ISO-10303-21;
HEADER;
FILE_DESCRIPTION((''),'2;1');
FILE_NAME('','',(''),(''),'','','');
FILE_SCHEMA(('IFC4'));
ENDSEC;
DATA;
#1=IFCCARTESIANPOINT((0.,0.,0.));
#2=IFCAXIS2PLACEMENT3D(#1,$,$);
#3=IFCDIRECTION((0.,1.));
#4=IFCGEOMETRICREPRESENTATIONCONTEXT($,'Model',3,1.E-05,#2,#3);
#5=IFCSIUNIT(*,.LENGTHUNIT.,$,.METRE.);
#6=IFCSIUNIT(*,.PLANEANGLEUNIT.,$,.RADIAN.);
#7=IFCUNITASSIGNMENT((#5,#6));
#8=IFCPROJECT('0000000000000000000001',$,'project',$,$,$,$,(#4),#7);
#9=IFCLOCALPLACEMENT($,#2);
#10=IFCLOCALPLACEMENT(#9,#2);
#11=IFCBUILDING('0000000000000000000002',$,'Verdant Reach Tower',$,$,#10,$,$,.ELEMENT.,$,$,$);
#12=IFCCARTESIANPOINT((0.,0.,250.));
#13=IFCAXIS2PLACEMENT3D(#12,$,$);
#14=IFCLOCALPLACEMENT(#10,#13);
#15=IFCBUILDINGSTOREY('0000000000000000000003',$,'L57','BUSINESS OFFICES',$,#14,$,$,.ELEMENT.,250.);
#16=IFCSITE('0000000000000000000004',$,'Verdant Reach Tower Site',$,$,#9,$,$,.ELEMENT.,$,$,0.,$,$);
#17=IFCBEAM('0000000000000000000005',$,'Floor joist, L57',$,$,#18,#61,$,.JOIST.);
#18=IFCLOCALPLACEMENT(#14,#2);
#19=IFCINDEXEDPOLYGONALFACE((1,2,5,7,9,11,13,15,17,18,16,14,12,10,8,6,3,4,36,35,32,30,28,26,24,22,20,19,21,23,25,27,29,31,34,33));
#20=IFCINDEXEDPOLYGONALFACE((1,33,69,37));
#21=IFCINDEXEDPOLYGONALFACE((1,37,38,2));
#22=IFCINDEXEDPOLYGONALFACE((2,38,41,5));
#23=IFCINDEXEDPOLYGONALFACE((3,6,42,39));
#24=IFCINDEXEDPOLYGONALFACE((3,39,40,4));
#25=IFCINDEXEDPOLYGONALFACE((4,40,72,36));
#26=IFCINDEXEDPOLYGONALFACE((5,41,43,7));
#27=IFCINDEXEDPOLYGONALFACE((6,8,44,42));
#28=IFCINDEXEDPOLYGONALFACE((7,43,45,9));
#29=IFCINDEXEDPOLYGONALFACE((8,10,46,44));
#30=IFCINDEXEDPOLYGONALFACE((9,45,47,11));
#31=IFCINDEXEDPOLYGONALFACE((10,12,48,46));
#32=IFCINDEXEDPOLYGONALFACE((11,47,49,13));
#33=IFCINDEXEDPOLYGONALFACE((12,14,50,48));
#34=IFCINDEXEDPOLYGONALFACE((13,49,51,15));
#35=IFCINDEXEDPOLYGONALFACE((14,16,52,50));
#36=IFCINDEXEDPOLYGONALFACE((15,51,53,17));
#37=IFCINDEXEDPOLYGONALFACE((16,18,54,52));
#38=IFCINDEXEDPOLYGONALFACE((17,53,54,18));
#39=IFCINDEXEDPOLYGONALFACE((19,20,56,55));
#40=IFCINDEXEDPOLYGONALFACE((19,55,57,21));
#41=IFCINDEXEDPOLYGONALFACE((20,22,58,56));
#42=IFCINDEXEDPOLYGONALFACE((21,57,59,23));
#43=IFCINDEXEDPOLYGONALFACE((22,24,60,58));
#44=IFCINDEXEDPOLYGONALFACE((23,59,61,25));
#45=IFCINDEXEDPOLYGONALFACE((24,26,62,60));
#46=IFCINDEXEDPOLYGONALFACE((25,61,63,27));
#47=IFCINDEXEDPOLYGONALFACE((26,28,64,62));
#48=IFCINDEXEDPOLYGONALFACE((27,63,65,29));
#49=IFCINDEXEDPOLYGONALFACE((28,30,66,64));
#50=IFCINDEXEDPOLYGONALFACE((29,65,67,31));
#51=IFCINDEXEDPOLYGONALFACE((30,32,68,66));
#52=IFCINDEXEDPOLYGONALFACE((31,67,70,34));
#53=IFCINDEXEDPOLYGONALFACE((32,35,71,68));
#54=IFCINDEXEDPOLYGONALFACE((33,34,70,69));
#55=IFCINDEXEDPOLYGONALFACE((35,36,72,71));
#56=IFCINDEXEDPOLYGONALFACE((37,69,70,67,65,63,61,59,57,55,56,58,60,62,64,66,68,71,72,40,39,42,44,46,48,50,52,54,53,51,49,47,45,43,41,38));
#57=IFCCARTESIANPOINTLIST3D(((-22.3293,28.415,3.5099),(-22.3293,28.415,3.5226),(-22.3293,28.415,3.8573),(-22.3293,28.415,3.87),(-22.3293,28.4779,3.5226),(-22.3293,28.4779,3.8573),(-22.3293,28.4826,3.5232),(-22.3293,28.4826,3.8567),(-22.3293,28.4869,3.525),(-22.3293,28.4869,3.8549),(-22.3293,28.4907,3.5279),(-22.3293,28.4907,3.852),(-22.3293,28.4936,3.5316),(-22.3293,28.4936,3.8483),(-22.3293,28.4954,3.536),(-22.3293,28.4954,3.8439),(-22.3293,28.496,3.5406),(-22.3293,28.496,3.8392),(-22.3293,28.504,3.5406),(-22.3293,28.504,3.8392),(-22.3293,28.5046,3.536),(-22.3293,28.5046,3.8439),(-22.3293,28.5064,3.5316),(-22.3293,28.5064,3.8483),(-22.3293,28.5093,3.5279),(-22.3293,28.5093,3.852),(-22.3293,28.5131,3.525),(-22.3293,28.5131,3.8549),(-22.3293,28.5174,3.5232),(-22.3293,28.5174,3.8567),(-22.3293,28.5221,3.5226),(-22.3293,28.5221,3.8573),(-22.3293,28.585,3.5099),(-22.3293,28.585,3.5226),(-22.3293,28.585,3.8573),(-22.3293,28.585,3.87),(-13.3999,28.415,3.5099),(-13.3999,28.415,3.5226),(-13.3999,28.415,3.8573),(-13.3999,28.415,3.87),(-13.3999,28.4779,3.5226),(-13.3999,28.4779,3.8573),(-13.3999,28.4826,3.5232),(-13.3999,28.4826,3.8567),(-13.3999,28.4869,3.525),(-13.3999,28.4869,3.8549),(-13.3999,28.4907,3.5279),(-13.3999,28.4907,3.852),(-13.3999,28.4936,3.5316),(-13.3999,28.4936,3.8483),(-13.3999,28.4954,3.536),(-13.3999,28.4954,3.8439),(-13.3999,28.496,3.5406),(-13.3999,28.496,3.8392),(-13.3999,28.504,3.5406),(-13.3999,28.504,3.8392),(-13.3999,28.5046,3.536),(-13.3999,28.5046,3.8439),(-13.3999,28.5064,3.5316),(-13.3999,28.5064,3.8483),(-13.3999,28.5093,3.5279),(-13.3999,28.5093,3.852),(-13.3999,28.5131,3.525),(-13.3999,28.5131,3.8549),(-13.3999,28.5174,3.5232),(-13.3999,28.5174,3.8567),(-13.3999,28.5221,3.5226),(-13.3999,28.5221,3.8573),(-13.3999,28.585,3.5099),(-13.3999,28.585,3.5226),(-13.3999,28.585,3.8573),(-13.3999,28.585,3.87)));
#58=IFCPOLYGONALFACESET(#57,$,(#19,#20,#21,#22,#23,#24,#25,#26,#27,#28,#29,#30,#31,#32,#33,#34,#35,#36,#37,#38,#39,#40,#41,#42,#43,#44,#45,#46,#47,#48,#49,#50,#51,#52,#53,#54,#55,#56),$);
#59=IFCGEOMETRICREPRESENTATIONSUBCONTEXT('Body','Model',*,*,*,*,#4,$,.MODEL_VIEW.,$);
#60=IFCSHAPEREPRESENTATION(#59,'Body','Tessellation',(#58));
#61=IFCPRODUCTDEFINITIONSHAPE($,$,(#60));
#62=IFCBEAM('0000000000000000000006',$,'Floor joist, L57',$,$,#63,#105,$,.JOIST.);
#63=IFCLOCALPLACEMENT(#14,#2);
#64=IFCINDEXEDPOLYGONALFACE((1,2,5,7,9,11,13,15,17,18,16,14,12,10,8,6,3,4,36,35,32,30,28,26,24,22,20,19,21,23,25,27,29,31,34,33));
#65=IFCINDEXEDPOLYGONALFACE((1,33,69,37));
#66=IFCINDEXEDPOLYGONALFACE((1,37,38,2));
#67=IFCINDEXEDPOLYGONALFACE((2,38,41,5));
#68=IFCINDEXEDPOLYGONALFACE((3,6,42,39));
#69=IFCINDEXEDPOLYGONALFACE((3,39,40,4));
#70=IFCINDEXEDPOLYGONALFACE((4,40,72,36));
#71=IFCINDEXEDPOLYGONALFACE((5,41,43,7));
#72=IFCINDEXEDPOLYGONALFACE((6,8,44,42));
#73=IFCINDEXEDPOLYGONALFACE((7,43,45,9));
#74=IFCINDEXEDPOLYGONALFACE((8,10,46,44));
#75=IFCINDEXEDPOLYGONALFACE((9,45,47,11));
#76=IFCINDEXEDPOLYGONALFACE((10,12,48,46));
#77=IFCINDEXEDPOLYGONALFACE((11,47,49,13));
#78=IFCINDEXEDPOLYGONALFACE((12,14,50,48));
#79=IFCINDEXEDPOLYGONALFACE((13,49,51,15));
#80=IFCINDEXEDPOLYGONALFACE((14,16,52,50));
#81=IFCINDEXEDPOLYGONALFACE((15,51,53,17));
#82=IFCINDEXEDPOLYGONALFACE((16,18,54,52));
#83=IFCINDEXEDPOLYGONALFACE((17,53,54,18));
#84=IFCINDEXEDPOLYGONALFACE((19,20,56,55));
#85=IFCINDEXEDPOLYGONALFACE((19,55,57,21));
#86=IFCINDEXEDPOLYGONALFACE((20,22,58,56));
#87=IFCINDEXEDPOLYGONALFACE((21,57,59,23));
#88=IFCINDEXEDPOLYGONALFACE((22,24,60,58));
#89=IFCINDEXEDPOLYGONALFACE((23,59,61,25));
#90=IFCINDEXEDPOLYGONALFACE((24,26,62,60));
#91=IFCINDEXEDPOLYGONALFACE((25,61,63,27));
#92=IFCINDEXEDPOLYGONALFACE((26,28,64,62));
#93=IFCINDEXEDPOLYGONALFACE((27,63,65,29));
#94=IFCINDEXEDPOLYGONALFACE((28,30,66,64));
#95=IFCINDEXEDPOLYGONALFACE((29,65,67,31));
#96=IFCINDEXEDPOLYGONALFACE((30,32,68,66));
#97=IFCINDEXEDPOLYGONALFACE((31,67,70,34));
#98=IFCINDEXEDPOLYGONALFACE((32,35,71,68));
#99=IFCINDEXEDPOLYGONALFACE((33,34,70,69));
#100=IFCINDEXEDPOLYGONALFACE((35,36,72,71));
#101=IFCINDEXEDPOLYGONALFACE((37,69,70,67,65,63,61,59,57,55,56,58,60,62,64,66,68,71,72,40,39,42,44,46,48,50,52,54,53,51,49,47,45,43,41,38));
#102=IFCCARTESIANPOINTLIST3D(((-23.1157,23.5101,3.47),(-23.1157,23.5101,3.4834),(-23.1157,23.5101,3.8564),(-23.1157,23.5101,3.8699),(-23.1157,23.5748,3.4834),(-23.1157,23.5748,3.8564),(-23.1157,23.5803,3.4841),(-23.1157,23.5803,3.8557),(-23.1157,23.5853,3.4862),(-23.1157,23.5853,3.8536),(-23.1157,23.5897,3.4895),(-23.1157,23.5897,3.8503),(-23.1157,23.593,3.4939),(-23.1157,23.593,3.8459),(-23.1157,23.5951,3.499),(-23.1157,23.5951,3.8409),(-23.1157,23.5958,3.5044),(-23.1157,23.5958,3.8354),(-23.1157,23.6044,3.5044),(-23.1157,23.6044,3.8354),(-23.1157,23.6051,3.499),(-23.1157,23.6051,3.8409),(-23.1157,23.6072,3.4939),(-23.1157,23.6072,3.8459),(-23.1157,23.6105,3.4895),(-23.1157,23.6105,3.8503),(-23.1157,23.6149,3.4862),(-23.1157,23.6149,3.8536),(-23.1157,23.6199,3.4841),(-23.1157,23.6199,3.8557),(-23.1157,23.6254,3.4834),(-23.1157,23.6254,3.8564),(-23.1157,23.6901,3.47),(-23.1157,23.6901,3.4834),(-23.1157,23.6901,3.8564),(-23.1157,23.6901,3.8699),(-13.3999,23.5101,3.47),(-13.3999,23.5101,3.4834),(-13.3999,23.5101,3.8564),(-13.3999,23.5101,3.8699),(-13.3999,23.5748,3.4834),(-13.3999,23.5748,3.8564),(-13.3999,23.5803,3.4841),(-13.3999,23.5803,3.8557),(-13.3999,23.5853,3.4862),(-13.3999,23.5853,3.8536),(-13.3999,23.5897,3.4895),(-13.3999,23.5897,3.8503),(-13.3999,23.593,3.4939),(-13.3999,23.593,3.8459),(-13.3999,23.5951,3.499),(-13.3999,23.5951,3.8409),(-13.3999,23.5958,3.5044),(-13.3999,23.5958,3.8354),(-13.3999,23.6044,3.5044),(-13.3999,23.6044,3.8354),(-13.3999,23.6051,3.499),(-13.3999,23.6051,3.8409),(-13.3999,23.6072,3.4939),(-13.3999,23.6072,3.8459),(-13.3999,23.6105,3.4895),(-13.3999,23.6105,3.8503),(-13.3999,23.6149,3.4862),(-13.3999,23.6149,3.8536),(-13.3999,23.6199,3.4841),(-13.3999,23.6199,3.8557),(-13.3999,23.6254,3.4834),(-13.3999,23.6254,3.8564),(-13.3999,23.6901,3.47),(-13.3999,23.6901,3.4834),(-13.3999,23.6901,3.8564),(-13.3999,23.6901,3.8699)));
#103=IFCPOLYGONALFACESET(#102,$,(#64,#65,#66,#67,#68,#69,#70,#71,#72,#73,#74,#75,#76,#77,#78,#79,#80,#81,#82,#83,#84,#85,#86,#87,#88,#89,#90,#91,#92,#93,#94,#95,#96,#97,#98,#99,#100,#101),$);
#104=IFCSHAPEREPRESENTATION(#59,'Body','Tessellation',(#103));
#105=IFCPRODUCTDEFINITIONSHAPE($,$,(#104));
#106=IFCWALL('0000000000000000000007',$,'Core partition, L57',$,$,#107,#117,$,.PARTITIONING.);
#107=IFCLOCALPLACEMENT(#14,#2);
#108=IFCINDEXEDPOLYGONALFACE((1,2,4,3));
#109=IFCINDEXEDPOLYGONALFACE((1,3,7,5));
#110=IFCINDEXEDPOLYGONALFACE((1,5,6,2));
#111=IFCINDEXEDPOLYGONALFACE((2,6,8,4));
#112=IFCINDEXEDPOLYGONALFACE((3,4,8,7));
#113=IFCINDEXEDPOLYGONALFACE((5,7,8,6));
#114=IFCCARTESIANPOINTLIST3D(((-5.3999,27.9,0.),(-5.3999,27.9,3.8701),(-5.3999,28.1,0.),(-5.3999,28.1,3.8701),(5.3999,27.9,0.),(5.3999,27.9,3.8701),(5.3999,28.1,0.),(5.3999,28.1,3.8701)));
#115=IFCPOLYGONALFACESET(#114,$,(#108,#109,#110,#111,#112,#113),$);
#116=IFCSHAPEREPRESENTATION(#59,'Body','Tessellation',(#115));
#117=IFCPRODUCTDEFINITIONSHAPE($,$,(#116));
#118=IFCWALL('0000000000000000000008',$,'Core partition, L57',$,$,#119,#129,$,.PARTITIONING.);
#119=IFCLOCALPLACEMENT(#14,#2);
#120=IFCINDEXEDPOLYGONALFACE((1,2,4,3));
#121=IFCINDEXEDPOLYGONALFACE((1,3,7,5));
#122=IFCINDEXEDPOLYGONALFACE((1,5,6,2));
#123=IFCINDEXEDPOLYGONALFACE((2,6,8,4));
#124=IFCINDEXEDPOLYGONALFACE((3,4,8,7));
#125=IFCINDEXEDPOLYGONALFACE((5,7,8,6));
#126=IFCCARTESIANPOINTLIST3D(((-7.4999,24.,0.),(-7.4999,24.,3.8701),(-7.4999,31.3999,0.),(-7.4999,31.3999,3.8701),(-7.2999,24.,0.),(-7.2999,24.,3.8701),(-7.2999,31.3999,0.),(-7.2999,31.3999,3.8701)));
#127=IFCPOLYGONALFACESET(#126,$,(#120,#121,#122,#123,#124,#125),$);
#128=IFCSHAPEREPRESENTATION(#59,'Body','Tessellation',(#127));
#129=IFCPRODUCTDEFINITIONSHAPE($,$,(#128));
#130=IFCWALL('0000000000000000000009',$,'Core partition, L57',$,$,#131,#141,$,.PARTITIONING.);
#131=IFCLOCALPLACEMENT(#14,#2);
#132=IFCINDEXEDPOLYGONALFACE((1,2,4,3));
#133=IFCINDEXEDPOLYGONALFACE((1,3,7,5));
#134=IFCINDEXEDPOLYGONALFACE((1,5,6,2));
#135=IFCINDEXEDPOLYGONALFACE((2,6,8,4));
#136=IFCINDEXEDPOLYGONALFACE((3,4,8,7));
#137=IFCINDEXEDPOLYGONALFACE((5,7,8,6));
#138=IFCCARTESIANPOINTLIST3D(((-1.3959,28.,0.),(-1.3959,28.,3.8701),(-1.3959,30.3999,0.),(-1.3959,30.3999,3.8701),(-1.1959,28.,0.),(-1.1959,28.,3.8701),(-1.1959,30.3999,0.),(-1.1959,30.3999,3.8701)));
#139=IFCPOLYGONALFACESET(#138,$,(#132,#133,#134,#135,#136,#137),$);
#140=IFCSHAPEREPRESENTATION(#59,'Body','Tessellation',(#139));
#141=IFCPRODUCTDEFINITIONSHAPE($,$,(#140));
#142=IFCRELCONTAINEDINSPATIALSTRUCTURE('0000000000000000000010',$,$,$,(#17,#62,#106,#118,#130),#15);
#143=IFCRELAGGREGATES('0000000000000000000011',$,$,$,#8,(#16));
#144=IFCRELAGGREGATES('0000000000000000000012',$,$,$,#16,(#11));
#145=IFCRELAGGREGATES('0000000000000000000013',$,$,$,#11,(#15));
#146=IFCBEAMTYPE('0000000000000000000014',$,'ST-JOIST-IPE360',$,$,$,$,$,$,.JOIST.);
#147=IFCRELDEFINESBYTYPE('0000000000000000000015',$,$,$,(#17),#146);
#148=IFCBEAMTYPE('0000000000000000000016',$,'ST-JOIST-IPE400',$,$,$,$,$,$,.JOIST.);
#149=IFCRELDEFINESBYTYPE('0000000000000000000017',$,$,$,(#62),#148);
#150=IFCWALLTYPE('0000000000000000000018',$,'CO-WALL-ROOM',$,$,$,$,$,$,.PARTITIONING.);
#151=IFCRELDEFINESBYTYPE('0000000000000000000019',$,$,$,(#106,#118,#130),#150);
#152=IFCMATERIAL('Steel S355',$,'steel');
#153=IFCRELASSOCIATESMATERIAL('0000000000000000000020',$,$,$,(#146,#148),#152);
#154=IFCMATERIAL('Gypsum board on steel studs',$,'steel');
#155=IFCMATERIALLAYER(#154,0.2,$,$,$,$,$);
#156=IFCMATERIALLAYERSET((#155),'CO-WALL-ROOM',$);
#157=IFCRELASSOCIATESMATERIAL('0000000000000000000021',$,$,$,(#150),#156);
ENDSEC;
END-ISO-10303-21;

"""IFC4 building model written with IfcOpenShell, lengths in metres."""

from ifc_helpers import new_model, si_unit, direction, frame, frame_2d, origin, origin_2d, place, context, subcontext, project, spatial, rectangle, i_section, extrude, material, layer, layer_set, material_profile, profile_set, type_object, element, save


model = new_model("IFC4")

# Units and contexts
model_context = context("Model", 3, precision=1e-05, world=origin(), true_north=direction((0.0, 1.0)))
body_context = subcontext(model_context, "Body", "Model", "MODEL_VIEW")
ifc_project = project(units=[si_unit("LENGTHUNIT", "METRE"), si_unit("PLANEANGLEUNIT", "RADIAN")], contexts=[model_context])

# Site, building, storey
site_placement = place(None, origin())
site = spatial("IfcSite", under=ifc_project, at=site_placement, Name="Verdant Reach Tower Site", CompositionType="ELEMENT", RefElevation=0.0)
building_placement = place(site_placement, origin())
building = spatial("IfcBuilding", under=site, at=building_placement, Name="Verdant Reach Tower", CompositionType="ELEMENT")
storey_placement = place(building_placement, frame((0.0, 0.0, 250.0)))
storey = spatial("IfcBuildingStorey", under=building, at=storey_placement, Name="L57", Description="BUSINESS OFFICES", CompositionType="ELEMENT", Elevation=250.0)

# Beams
ifc_material_1 = material(Name="Steel S355", Category="steel")
ifc_material_profile_1 = material_profile(ifc_material_1, i_section(OverallWidth=0.1699, OverallDepth=0.3601, WebThickness=0.0081, FlangeThickness=0.0127, FilletRadius=0.0181, at=origin_2d()), Name="IPE 360")
ifc_profile_set_1 = profile_set([ifc_material_profile_1], Name="Steel S355")
beam_type_1 = type_object("IfcBeamType", Name="ST-JOIST-IPE360", PredefinedType="JOIST", material=ifc_profile_set_1)
beam_1_placement = place(storey_placement, frame((-13.3999, 28.5, 3.6899), z_axis=(-1.0, 0.0, 0.0), x_axis=(0.0, -1.0, 0.0)))
element("IfcBeam", 1, at=beam_1_placement, inside=storey, type_object=beam_type_1, Name="Floor joist, L57", PredefinedType="JOIST", context=body_context, shape_type="SweptSolid", body=[
    extrude(i_section(OverallWidth=0.1699, OverallDepth=0.3601, WebThickness=0.0081, FlangeThickness=0.0127, FilletRadius=0.0181, at=origin_2d()), origin(), (0.0, 0.0, 1.0), 8.9294),
])
ifc_material_profile_2 = material_profile(ifc_material_1, i_section(OverallWidth=0.1799, OverallDepth=0.3999, WebThickness=0.0085, FlangeThickness=0.0134, FilletRadius=0.021, at=origin_2d()), Name="IPE 400")
ifc_profile_set_2 = profile_set([ifc_material_profile_2], Name="Steel S355")
beam_type_2 = type_object("IfcBeamType", Name="ST-JOIST-IPE400", PredefinedType="JOIST", material=ifc_profile_set_2)
beam_2_placement = place(storey_placement, frame((-13.3999, 23.6001, 3.6699), z_axis=(-1.0, 0.0, 0.0), x_axis=(0.0, -1.0, 0.0)))
element("IfcBeam", 2, at=beam_2_placement, inside=storey, type_object=beam_type_2, Name="Floor joist, L57", PredefinedType="JOIST", context=body_context, shape_type="SweptSolid", body=[
    extrude(i_section(OverallWidth=0.1799, OverallDepth=0.3999, WebThickness=0.0085, FlangeThickness=0.0134, FilletRadius=0.021, at=origin_2d()), origin(), (0.0, 0.0, 1.0), 9.7158),
])

# Walls
ifc_material_2 = material(Name="Gypsum board on steel studs", Category="steel")
ifc_layer_1 = layer(ifc_material_2, 0.2)
ifc_layer_set_1 = layer_set([ifc_layer_1], Name="CO-WALL-ROOM")
wall_type_1 = type_object("IfcWallType", Name="CO-WALL-ROOM", PredefinedType="PARTITIONING", material=ifc_layer_set_1)
wall_1_placement = place(storey_placement, frame((-5.3999, 28.0, 0.0), z_axis=(0.0, 0.0, 1.0), x_axis=(1.0, 0.0, 0.0)))
element("IfcWall", 3, at=wall_1_placement, inside=storey, type_object=wall_type_1, Name="Core partition, L57", PredefinedType="PARTITIONING", context=body_context, shape_type="SweptSolid", body=[
    extrude(rectangle(XDim=10.7998, YDim=0.2, at=frame_2d((5.3999, 0.0))), origin(), (0.0, 0.0, 1.0), 3.8701),
])
wall_2_placement = place(storey_placement, frame((-7.3999, 24.0, 0.0), z_axis=(0.0, 0.0, 1.0), x_axis=(0.0, 1.0, 0.0)))
element("IfcWall", 4, at=wall_2_placement, inside=storey, type_object=wall_type_1, Name="Core partition, L57", PredefinedType="PARTITIONING", context=body_context, shape_type="SweptSolid", body=[
    extrude(rectangle(XDim=7.3999, YDim=0.2, at=frame_2d((3.7, 0.0))), origin(), (0.0, 0.0, 1.0), 3.8701),
])
wall_3_placement = place(storey_placement, frame((-1.2959, 28.0, 0.0), z_axis=(0.0, 0.0, 1.0), x_axis=(0.0, 1.0, 0.0)))
element("IfcWall", 5, at=wall_3_placement, inside=storey, type_object=wall_type_1, Name="Core partition, L57", PredefinedType="PARTITIONING", context=body_context, shape_type="SweptSolid", body=[
    extrude(rectangle(XDim=2.3999, YDim=0.2, at=frame_2d((1.2, 0.0))), origin(), (0.0, 0.0, 1.0), 3.8701),
])

save(model, "model.ifc")
